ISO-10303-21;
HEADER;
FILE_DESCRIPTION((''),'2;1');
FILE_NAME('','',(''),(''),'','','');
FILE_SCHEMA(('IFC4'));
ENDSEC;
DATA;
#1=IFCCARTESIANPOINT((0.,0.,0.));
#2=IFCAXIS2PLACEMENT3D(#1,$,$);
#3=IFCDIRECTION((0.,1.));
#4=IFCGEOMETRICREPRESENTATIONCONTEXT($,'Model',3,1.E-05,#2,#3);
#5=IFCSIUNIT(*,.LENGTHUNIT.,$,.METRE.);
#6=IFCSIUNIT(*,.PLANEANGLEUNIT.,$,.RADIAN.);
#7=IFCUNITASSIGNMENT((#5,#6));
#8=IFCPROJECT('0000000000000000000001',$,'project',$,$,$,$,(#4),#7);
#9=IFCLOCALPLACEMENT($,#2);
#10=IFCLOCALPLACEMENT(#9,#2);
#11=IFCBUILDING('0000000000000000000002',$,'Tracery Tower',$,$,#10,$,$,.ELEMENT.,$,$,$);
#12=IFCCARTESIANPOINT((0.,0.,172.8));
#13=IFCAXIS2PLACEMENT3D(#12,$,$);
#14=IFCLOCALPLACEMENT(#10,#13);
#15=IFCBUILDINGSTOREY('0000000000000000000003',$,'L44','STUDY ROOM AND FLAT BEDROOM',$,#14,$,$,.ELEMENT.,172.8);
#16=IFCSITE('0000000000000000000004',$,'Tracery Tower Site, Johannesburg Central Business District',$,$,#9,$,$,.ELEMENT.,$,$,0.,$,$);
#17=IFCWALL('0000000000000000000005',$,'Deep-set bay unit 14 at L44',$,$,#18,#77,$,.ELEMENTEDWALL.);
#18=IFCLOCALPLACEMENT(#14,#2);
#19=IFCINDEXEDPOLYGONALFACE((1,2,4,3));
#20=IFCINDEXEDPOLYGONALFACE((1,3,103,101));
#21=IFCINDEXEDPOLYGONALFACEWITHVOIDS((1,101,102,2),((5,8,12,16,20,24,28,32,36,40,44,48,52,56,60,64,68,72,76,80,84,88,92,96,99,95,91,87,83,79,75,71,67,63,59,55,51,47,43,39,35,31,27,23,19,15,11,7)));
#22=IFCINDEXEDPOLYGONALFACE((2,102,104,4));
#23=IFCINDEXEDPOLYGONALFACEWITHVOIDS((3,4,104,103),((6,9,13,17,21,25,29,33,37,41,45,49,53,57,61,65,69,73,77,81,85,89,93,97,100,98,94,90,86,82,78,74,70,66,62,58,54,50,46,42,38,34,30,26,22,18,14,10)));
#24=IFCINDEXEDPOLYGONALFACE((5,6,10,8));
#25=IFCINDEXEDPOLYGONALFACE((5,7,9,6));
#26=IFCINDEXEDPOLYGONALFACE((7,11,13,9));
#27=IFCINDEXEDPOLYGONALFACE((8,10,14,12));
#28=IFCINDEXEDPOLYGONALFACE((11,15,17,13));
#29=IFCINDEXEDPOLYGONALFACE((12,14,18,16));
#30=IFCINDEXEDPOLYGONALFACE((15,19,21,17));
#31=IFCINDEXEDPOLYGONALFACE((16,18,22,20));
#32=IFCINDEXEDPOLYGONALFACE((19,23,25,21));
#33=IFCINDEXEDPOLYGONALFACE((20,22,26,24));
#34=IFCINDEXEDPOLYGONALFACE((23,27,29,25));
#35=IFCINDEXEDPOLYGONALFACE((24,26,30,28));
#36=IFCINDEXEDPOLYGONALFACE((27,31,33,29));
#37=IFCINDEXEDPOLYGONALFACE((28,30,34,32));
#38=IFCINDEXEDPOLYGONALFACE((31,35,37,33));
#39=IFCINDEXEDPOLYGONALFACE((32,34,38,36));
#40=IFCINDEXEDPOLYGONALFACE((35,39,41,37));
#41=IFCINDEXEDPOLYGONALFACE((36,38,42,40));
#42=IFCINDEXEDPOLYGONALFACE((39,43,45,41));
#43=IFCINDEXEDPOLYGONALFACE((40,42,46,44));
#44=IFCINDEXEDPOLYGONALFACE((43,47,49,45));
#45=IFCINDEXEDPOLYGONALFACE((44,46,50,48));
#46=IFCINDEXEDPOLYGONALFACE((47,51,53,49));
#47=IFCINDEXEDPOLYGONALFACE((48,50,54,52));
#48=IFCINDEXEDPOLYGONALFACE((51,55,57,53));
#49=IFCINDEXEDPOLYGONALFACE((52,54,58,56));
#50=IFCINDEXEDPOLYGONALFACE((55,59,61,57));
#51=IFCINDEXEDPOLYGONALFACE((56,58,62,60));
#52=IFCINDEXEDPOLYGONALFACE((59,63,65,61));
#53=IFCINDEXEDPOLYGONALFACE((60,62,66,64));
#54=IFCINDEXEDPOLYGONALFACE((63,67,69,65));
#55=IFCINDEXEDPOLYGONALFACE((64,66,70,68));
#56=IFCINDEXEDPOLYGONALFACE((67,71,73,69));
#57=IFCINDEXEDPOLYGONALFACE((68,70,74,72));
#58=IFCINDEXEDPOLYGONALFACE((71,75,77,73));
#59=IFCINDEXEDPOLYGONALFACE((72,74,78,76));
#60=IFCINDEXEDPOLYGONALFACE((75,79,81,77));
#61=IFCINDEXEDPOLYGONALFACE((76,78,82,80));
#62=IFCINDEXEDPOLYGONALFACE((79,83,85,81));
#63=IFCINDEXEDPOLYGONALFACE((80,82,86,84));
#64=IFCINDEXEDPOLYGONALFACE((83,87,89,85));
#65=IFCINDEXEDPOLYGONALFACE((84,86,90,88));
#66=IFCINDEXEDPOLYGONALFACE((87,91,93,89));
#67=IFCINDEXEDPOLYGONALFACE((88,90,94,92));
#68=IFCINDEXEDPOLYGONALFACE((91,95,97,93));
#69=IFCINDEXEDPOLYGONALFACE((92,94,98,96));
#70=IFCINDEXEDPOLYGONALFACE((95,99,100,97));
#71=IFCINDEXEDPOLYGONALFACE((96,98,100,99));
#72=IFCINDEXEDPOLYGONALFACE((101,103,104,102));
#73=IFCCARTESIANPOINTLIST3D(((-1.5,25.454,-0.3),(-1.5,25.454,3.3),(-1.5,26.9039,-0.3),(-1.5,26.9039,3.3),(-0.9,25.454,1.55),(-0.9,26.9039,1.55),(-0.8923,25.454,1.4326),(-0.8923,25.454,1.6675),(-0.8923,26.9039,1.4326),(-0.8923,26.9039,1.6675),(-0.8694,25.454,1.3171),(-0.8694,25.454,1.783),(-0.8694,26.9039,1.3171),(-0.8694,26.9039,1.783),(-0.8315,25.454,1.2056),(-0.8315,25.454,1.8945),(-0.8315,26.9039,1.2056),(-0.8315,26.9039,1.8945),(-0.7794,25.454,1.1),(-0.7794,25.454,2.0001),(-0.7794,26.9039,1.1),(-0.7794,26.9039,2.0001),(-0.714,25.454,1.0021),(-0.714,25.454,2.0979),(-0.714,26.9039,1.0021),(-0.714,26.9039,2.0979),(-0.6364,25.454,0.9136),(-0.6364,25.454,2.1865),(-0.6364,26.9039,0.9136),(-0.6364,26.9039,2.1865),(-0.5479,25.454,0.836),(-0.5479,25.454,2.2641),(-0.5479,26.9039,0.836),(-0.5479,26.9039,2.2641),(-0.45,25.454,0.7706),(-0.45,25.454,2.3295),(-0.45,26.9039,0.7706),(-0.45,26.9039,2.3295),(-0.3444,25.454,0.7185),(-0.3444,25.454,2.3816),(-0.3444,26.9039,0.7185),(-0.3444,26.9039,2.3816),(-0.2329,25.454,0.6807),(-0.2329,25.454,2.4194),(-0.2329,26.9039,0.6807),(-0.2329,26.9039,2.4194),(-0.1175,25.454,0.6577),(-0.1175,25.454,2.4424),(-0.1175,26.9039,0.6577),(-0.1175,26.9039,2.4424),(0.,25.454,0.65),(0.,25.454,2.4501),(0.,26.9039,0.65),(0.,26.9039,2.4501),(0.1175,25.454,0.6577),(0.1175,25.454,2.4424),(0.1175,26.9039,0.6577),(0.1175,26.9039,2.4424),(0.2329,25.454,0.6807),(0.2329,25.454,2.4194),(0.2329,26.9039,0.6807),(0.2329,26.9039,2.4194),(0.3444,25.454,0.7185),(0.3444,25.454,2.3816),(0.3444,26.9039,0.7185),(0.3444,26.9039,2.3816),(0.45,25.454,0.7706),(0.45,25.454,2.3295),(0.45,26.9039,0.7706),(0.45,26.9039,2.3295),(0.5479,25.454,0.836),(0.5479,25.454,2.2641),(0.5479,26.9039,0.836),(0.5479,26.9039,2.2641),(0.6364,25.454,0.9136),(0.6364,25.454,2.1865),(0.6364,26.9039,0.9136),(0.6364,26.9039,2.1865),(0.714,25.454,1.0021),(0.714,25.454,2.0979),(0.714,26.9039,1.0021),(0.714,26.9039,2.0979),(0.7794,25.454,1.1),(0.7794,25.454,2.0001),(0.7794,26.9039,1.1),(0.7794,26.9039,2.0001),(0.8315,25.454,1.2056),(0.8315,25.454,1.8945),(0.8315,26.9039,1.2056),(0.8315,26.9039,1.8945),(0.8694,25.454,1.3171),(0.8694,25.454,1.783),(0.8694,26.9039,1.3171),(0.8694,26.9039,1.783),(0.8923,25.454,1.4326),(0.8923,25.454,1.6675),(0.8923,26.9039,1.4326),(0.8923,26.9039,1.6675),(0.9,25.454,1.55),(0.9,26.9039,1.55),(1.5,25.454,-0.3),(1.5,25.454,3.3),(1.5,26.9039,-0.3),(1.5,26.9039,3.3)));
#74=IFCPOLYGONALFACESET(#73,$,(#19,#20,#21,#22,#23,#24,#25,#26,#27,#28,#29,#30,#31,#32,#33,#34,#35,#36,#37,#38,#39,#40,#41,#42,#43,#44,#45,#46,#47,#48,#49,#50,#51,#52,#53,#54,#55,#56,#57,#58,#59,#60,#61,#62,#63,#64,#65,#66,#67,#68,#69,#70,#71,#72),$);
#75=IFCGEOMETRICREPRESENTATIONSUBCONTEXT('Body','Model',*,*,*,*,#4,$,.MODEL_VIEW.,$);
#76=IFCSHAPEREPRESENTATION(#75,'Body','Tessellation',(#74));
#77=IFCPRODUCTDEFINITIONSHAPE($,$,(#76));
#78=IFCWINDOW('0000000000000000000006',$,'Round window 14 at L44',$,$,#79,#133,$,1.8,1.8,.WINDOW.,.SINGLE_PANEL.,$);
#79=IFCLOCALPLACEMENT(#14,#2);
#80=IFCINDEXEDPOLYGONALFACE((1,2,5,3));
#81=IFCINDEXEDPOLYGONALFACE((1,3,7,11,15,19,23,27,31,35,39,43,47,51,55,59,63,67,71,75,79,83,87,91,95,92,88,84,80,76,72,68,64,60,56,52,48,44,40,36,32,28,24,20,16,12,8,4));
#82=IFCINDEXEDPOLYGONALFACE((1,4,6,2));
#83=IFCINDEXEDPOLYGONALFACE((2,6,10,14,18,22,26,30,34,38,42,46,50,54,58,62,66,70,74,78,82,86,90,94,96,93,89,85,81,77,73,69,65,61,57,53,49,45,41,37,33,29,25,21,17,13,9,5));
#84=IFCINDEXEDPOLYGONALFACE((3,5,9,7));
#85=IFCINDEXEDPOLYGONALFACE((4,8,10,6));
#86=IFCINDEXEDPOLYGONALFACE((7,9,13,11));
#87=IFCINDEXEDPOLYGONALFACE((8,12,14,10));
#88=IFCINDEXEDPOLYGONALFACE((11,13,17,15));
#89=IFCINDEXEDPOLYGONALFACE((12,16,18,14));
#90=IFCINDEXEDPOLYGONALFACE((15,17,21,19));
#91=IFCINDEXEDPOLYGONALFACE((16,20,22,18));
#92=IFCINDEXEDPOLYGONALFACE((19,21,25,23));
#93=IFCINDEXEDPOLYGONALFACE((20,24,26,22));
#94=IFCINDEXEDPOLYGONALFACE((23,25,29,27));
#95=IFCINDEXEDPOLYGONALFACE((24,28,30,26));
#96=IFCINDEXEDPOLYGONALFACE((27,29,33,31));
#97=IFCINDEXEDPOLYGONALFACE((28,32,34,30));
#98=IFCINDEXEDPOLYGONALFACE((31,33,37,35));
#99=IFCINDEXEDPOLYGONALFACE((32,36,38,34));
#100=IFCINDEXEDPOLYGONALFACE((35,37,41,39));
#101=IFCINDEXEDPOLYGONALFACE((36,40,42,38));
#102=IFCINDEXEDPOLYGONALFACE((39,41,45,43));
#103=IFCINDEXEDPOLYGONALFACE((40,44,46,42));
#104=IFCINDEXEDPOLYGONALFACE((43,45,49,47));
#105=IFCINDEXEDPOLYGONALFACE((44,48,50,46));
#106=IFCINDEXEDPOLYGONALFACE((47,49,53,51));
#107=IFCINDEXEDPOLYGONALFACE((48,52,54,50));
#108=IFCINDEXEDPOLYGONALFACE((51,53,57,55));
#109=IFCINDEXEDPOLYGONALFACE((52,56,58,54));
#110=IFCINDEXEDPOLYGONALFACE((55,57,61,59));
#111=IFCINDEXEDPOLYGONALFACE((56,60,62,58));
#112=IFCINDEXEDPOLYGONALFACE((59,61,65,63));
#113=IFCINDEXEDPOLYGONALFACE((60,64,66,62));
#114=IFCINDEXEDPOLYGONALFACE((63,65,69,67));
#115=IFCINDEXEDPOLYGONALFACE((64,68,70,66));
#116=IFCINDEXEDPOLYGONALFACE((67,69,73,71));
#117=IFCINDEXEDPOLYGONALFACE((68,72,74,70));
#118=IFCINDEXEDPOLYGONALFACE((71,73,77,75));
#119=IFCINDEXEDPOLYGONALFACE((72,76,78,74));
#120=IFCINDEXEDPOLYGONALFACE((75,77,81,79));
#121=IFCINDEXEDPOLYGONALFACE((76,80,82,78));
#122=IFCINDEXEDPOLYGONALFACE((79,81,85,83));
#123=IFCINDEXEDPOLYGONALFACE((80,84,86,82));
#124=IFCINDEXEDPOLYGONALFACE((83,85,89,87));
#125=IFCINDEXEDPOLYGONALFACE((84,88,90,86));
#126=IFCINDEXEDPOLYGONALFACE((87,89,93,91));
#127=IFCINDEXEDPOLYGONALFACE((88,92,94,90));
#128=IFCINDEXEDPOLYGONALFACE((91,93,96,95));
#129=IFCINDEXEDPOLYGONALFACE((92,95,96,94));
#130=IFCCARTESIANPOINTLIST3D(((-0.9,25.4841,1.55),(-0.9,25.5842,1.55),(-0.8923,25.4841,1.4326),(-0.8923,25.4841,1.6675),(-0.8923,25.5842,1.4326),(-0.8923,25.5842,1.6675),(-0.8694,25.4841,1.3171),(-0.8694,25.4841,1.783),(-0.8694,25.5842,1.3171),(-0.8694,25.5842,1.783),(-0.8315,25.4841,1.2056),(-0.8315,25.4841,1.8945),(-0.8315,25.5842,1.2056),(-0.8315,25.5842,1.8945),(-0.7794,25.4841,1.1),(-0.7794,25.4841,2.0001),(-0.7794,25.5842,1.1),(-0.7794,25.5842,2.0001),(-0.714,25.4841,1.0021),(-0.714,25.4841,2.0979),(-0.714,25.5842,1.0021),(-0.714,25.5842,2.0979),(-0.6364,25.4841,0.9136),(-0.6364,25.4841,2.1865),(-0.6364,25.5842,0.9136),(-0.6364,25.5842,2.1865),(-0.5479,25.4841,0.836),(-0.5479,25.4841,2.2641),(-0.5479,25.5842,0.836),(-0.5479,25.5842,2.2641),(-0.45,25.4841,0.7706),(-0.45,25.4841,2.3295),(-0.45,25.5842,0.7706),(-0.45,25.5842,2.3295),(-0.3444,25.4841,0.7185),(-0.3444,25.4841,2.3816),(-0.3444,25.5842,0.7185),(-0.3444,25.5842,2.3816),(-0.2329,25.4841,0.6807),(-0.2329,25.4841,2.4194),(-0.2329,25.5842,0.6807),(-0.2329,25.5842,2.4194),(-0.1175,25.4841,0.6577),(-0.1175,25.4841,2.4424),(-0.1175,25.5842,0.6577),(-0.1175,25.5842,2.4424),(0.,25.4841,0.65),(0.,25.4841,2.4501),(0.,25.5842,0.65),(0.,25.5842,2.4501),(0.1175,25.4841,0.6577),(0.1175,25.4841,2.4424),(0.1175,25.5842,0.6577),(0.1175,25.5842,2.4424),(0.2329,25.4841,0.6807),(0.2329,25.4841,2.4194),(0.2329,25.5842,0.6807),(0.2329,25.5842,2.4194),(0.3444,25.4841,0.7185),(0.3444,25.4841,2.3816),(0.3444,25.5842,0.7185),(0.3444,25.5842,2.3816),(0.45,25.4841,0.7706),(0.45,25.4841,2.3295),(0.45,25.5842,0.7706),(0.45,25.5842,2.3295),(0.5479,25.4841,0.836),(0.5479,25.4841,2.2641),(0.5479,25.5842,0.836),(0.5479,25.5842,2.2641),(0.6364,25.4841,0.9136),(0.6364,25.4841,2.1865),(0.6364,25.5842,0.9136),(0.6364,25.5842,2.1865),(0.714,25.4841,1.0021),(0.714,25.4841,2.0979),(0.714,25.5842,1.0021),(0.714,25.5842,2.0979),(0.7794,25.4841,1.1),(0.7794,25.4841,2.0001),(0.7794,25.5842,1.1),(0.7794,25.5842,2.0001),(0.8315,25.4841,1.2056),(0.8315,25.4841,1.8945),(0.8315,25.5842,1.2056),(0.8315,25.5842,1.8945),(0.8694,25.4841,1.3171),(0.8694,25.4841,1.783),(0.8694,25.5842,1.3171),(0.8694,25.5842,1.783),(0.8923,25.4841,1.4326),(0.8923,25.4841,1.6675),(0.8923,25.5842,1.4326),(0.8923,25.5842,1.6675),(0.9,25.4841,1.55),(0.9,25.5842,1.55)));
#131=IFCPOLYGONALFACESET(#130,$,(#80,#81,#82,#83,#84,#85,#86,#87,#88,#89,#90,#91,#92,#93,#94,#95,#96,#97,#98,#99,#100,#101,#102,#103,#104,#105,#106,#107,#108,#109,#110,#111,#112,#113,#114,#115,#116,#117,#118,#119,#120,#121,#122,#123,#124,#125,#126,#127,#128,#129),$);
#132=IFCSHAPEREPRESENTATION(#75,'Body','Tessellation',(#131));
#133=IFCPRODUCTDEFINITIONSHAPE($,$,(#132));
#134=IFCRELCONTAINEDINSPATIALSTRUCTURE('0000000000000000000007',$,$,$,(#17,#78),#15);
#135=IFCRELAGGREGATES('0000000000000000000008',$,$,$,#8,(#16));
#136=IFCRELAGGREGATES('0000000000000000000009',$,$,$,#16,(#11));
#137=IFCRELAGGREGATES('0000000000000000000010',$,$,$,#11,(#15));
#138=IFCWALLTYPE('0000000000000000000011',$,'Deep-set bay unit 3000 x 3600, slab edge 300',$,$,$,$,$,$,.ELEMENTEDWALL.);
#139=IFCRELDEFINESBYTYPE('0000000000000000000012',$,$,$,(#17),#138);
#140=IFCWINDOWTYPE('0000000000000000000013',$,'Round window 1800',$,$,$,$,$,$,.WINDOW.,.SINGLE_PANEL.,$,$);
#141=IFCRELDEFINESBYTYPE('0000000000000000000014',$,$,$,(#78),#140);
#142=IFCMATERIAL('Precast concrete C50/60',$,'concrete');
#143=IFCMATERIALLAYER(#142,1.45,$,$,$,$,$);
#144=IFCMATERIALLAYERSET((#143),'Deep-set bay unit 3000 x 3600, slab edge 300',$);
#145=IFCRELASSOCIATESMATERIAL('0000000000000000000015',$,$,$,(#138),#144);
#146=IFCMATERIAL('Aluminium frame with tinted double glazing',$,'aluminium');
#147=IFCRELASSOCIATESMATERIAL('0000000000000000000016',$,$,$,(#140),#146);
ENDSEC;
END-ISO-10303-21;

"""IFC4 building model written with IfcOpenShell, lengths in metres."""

from ifc_helpers import new_model, si_unit, direction, frame, frame_2d, origin, origin_2d, place, context, subcontext, project, spatial, rectangle, circle, extrude, material, layer, layer_set, type_object, element, fill, save


model = new_model("IFC4")

# Units and contexts
model_context = context("Model", 3, precision=1e-05, world=origin(), true_north=direction((0.0, 1.0)))
body_context = subcontext(model_context, "Body", "Model", "MODEL_VIEW")
ifc_project = project(units=[si_unit("LENGTHUNIT", "METRE"), si_unit("PLANEANGLEUNIT", "RADIAN")], contexts=[model_context])

# Site, building, storey
site_placement = place(None, origin())
site = spatial("IfcSite", under=ifc_project, at=site_placement, Name="Tracery Tower Site, Johannesburg Central Business District", CompositionType="ELEMENT", RefElevation=0.0)
building_placement = place(site_placement, origin())
building = spatial("IfcBuilding", under=site, at=building_placement, Name="Tracery Tower", CompositionType="ELEMENT")
storey_placement = place(building_placement, frame((0.0, 0.0, 172.8)))
storey = spatial("IfcBuildingStorey", under=building, at=storey_placement, Name="L44", Description="STUDY ROOM AND FLAT BEDROOM", CompositionType="ELEMENT", Elevation=172.8)

# Wall, opening, window
ifc_material_1 = material(Name="Precast concrete C50/60", Category="concrete")
ifc_layer_1 = layer(ifc_material_1, 1.45)
ifc_layer_set_1 = layer_set([ifc_layer_1], Name="Deep-set bay unit 3000 x 3600, slab edge 300")
wall_type_1 = type_object("IfcWallType", Name="Deep-set bay unit 3000 x 3600, slab edge 300", PredefinedType="ELEMENTEDWALL", material=ifc_layer_set_1)
ifc_material_2 = material(Name="Aluminium frame with tinted double glazing", Category="aluminium")
window_type = type_object("IfcWindowType", Name="Round window 1800", PartitioningType="SINGLE_PANEL", PredefinedType="WINDOW", material=ifc_material_2)
wall_1_placement = place(storey_placement, frame((1.5, 26.179, -0.3), z_axis=(0.0, 0.0, 1.0), x_axis=(-1.0, 0.0, 0.0)))
wall_1 = element("IfcWall", 1, at=wall_1_placement, inside=storey, type_object=wall_type_1, Name="Deep-set bay unit 14 at L44", PredefinedType="ELEMENTEDWALL", context=body_context, shape_type="SweptSolid", body=[
    extrude(rectangle(XDim=3.0, YDim=1.45, at=frame_2d((1.5, 0.0))), origin(), (0.0, 0.0, 1.0), 3.6001),
])
opening_1_placement = place(wall_1_placement, frame((1.5, 0.0, 1.8501)))
opening_1 = element("IfcOpeningElement", 2, at=opening_1_placement, cuts=wall_1, PredefinedType="OPENING", context=body_context, shape_type="SweptSolid", body=[
    extrude(circle(Radius=0.9, at=origin_2d()), frame((0.0, 0.7349, 0.0), z_axis=(0.0, -1.0, 0.0), x_axis=(1.0, 0.0, 0.0)), (0.0, 0.0, 1.0), 1.47),
])
window_1_placement = place(opening_1_placement, origin())
window_1 = element("IfcWindow", 3, at=window_1_placement, inside=storey, type_object=window_type, Name="Round window 14 at L44", OverallHeight=1.8, OverallWidth=1.8, PartitioningType="SINGLE_PANEL", PredefinedType="WINDOW", context=body_context, shape_type="SweptSolid", body=[
    extrude(circle(Radius=0.9, at=origin_2d()), frame((0.0, 0.6948, 0.0), z_axis=(0.0, -1.0, 0.0), x_axis=(1.0, 0.0, 0.0)), (0.0, 0.0, 1.0), 0.1001),
])
fill(opening_1, window_1)

save(model, "model.ifc")
